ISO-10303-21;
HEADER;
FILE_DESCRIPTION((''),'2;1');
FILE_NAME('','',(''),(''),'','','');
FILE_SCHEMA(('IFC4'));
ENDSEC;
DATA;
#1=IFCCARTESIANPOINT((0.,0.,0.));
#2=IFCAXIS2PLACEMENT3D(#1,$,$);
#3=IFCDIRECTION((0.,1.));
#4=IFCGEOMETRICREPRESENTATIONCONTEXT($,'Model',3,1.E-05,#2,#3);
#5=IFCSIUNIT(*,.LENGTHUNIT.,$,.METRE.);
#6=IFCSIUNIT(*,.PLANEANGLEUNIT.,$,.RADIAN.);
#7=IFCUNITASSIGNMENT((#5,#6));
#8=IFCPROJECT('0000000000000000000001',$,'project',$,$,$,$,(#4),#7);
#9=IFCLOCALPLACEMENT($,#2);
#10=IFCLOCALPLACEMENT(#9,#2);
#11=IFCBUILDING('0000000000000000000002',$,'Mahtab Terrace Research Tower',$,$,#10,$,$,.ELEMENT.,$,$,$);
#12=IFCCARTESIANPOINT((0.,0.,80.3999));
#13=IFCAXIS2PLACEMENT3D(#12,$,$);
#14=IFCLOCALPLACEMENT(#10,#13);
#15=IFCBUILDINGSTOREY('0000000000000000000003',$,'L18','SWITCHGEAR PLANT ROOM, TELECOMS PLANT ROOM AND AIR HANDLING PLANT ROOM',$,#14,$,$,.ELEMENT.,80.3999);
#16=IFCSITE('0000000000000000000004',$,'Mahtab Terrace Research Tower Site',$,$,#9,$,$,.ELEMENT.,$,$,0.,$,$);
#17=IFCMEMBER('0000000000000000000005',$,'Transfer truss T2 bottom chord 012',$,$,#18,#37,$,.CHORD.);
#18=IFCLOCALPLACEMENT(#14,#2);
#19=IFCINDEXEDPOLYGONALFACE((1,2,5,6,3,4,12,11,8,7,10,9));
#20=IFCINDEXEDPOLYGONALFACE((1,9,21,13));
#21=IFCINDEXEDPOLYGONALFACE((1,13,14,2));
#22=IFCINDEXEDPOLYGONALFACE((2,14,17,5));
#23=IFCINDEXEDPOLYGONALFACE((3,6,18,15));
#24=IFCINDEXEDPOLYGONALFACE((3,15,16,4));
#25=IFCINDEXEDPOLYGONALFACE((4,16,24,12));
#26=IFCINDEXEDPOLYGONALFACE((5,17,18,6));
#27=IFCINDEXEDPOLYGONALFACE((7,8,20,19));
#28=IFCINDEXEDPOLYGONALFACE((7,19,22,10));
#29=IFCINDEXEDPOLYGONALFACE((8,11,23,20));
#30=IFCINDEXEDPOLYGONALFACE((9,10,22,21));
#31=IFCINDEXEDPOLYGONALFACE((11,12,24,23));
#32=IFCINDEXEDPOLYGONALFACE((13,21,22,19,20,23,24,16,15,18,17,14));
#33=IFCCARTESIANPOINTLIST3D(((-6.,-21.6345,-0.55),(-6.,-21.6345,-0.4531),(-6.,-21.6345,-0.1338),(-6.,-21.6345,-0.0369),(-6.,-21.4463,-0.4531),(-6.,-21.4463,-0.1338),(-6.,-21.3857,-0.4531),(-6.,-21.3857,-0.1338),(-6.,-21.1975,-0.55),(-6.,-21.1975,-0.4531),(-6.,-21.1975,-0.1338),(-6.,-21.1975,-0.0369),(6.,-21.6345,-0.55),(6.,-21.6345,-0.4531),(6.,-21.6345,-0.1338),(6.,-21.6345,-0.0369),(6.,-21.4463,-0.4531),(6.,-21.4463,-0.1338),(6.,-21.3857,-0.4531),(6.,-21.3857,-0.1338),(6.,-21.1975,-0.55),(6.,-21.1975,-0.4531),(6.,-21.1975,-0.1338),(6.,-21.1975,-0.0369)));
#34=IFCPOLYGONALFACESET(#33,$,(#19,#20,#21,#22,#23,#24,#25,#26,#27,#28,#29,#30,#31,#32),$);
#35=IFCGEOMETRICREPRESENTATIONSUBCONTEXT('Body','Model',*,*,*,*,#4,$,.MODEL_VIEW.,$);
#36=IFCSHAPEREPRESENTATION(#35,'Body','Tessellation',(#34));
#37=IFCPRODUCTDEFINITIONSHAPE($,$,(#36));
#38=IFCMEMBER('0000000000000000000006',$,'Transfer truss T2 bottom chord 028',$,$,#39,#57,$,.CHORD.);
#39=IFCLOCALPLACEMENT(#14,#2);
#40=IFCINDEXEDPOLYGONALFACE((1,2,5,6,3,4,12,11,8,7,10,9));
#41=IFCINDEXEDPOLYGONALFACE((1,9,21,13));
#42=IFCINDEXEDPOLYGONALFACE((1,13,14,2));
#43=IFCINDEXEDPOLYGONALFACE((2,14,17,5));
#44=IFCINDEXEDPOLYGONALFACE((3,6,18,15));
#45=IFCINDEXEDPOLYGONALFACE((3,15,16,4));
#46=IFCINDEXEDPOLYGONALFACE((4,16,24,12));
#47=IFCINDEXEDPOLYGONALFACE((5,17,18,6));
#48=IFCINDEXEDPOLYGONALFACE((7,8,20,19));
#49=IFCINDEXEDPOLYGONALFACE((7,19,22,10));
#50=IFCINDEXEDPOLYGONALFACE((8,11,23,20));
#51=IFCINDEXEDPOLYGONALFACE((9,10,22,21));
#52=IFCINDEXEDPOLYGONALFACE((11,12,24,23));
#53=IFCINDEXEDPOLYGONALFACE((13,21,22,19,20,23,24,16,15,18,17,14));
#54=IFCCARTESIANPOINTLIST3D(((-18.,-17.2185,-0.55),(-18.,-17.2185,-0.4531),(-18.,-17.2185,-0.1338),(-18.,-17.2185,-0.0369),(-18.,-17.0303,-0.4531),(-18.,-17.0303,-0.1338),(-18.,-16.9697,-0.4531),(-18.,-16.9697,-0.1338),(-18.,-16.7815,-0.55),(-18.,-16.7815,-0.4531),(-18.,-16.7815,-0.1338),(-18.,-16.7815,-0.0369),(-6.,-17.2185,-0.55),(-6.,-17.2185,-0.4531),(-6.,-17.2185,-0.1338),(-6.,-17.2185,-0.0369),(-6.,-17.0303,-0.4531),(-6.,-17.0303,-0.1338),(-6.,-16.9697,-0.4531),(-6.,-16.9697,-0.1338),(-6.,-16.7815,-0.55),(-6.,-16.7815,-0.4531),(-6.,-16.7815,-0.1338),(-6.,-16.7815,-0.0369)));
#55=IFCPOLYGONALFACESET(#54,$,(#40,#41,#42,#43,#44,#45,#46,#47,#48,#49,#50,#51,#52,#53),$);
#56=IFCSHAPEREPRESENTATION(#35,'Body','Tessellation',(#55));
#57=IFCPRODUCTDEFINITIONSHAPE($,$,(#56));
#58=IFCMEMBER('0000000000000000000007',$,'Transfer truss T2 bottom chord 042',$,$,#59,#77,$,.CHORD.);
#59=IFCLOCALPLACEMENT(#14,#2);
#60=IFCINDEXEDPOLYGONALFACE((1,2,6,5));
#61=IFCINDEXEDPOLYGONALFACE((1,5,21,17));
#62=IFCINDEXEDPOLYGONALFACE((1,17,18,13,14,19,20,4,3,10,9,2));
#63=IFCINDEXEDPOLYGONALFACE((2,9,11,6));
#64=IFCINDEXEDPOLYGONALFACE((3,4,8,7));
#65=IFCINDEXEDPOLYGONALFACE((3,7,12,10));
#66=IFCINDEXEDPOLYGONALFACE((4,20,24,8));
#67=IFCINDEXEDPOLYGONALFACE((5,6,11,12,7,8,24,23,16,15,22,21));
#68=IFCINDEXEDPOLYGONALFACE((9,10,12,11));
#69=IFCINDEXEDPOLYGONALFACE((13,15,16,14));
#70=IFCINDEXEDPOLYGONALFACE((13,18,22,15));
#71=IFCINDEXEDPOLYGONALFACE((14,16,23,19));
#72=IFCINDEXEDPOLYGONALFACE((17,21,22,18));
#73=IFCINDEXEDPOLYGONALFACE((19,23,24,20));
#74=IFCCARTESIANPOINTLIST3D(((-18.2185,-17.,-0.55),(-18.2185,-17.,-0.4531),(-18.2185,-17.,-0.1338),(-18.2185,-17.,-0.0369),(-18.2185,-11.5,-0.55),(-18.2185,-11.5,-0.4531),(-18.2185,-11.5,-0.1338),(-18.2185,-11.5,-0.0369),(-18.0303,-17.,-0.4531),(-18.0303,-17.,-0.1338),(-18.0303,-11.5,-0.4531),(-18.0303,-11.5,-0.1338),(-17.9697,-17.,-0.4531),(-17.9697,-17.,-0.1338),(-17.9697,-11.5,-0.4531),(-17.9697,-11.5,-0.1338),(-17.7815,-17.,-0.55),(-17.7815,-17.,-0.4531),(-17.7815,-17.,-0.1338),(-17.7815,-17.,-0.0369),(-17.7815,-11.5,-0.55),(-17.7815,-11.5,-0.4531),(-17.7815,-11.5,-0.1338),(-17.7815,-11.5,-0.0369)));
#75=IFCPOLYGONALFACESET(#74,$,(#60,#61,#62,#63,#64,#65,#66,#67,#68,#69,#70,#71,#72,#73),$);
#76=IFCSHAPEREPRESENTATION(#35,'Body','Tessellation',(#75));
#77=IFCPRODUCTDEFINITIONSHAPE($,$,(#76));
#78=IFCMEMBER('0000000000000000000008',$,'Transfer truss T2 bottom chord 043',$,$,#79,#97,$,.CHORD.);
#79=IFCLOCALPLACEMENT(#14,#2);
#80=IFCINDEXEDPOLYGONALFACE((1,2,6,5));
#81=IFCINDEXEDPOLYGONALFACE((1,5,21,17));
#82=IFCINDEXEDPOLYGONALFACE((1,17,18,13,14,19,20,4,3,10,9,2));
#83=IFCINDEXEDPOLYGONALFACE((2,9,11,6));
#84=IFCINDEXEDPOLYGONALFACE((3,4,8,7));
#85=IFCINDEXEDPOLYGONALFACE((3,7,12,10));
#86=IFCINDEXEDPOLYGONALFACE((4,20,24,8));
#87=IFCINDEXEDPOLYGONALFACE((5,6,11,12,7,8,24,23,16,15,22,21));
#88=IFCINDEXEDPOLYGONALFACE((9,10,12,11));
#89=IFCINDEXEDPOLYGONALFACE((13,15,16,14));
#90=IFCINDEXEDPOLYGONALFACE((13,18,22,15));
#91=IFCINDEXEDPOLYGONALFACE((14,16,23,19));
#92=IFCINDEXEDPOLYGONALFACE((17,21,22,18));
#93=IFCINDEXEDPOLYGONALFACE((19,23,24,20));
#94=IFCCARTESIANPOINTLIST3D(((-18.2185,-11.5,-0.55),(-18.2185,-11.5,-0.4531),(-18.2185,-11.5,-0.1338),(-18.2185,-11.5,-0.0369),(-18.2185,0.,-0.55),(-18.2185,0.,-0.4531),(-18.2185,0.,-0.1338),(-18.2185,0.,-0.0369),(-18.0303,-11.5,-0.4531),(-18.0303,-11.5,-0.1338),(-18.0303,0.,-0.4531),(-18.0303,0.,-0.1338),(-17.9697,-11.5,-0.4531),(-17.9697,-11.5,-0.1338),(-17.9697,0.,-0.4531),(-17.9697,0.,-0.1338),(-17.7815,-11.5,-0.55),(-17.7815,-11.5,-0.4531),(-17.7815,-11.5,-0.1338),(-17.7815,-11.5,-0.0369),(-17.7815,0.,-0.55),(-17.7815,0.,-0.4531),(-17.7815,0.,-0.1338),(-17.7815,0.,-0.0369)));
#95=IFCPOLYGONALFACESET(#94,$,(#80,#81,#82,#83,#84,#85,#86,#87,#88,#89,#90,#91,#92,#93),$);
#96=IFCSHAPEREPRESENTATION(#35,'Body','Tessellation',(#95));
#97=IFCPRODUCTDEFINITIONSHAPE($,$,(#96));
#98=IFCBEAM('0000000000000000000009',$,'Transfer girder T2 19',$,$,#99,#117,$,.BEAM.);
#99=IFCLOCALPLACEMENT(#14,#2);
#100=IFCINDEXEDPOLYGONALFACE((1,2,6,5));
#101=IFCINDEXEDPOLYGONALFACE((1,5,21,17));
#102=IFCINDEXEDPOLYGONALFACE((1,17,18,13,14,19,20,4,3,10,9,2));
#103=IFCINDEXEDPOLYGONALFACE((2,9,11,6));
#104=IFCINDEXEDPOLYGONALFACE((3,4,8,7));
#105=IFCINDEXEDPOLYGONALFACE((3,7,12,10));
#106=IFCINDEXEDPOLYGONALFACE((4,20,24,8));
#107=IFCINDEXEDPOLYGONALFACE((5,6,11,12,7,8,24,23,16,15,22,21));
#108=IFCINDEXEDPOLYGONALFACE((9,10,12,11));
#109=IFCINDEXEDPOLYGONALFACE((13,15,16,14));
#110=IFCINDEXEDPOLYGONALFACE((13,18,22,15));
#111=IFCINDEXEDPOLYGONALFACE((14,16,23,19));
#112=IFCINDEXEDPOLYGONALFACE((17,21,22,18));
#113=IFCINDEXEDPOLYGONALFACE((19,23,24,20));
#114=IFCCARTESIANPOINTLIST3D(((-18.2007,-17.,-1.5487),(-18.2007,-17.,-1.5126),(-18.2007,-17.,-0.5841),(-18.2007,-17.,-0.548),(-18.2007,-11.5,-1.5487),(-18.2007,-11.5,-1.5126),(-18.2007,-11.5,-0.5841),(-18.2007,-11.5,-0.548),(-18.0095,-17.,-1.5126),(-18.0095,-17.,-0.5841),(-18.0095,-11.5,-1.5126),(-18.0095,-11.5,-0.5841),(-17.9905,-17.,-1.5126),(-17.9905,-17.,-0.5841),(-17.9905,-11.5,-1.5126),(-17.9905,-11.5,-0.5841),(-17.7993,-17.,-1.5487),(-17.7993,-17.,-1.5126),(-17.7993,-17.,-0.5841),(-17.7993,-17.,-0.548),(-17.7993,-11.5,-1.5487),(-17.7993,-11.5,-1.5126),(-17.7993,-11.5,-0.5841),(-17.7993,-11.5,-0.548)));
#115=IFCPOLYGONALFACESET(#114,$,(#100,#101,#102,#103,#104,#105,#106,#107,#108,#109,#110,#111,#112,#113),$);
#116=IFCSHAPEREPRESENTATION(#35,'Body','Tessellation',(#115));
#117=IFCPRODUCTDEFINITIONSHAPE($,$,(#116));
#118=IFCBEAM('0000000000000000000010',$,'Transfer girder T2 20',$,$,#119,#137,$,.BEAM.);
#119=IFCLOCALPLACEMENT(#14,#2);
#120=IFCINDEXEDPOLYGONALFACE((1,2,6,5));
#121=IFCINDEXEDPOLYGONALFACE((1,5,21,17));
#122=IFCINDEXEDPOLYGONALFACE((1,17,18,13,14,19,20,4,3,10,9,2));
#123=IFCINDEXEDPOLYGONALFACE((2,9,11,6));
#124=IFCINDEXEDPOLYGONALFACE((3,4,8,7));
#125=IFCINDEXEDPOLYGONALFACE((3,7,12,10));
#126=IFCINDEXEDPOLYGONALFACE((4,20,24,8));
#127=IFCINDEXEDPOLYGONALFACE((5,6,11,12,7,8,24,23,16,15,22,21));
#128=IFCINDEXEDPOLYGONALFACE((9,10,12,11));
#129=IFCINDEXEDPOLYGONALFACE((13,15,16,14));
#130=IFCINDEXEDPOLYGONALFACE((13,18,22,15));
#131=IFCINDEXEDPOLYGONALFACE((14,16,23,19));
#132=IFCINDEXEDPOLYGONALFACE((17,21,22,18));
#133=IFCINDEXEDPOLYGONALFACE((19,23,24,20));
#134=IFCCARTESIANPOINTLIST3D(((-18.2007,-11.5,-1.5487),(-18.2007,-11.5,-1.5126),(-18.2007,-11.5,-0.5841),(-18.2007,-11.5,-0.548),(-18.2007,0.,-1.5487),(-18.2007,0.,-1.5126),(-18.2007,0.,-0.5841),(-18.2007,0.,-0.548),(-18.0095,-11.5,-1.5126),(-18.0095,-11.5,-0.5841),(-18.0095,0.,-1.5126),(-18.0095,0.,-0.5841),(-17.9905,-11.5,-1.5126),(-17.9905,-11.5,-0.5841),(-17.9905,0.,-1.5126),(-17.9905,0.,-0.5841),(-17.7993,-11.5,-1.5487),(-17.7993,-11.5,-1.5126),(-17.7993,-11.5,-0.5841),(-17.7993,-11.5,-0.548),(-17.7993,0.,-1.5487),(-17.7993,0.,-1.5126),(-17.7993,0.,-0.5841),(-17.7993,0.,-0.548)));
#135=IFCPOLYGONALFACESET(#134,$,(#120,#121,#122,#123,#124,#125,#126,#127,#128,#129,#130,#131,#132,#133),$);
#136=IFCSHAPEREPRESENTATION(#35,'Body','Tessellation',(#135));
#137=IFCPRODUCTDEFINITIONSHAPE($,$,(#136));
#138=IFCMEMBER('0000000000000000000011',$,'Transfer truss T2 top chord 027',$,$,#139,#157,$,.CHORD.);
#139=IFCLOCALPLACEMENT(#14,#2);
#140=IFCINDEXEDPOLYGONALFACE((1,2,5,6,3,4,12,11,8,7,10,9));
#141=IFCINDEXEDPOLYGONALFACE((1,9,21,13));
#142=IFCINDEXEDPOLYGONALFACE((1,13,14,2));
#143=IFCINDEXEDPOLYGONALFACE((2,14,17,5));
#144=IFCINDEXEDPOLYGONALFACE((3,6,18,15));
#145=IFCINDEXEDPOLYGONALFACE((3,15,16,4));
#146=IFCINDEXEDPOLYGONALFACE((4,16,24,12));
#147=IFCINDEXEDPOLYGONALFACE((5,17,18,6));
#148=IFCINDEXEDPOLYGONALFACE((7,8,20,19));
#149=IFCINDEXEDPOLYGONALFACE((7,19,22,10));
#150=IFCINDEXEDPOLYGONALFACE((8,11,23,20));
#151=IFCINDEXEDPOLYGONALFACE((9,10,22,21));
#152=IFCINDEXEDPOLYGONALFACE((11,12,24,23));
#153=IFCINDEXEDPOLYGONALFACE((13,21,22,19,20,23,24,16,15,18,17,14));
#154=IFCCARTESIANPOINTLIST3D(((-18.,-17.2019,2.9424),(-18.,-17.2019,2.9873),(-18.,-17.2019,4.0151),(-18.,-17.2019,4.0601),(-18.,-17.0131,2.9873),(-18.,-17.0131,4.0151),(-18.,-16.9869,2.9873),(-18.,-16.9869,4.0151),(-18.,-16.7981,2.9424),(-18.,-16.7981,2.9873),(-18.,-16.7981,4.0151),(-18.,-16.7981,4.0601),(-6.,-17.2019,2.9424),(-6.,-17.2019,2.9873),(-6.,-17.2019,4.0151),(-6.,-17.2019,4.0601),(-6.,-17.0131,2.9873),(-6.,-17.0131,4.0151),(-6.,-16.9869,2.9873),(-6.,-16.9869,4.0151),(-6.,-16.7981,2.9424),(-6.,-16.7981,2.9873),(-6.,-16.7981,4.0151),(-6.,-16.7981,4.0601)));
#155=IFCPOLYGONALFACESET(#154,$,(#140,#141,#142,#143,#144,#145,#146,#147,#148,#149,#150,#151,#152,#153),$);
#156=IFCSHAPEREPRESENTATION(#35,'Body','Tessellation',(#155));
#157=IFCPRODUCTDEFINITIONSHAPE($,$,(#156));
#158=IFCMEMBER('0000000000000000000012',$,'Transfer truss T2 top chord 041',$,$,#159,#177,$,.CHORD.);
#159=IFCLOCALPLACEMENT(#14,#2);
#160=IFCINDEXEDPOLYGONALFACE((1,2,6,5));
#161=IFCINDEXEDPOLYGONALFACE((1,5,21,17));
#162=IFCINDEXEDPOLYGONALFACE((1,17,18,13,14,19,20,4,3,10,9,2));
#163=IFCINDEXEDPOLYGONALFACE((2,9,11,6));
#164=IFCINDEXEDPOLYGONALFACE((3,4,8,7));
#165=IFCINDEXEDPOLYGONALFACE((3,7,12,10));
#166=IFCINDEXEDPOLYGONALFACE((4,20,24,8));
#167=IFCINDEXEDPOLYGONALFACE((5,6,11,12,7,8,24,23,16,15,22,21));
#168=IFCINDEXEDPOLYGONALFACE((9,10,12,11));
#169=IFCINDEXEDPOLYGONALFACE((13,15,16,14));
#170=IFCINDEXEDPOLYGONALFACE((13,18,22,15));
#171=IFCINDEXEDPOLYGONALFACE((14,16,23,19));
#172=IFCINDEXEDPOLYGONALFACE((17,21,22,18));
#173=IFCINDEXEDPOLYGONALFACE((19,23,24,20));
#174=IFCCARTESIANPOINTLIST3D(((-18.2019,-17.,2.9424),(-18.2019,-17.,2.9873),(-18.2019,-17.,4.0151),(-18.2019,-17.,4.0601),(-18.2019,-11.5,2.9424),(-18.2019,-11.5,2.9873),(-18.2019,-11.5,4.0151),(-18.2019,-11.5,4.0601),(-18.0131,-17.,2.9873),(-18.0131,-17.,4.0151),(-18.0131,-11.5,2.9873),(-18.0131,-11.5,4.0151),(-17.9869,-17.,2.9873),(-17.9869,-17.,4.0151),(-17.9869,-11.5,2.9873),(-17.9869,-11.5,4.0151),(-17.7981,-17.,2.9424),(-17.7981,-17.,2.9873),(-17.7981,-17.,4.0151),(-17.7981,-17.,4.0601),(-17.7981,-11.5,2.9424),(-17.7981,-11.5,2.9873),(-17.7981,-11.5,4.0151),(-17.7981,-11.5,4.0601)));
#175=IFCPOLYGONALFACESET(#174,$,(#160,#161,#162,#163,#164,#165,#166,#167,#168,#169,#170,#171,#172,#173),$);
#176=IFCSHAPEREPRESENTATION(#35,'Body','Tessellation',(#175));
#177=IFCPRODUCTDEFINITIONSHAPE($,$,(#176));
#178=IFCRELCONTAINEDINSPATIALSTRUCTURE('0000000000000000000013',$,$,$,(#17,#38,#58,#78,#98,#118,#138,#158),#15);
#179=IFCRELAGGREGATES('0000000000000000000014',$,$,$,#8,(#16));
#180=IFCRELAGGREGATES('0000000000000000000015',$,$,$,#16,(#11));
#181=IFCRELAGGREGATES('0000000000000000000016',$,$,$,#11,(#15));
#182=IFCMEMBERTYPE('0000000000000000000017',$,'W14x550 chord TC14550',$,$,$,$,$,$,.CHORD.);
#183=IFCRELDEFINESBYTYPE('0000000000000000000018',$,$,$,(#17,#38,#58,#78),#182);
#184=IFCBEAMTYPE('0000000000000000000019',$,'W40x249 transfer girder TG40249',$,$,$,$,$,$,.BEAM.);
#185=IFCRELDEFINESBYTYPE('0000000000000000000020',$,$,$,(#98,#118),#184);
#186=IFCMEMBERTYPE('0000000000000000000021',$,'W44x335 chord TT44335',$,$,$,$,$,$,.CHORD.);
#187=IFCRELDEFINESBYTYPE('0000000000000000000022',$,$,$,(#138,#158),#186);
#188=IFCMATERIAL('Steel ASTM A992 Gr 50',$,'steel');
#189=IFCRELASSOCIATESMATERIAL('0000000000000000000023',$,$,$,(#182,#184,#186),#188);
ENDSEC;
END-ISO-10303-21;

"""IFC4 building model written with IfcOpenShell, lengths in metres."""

from ifc_helpers import new_model, si_unit, direction, frame, origin, origin_2d, place, context, subcontext, project, spatial, i_section, extrude, material, material_profile, profile_set, type_object, element, save


model = new_model("IFC4")

# Units and contexts
model_context = context("Model", 3, precision=1e-05, world=origin(), true_north=direction((0.0, 1.0)))
body_context = subcontext(model_context, "Body", "Model", "MODEL_VIEW")
ifc_project = project(units=[si_unit("LENGTHUNIT", "METRE"), si_unit("PLANEANGLEUNIT", "RADIAN")], contexts=[model_context])

# Site, building, storey
site_placement = place(None, origin())
site = spatial("IfcSite", under=ifc_project, at=site_placement, Name="Mahtab Terrace Research Tower Site", CompositionType="ELEMENT", RefElevation=0.0)
building_placement = place(site_placement, origin())
building = spatial("IfcBuilding", under=site, at=building_placement, Name="Mahtab Terrace Research Tower", CompositionType="ELEMENT")
storey_placement = place(building_placement, frame((0.0, 0.0, 80.3999)))
storey = spatial("IfcBuildingStorey", under=building, at=storey_placement, Name="L18", Description="SWITCHGEAR PLANT ROOM, TELECOMS PLANT ROOM AND AIR HANDLING PLANT ROOM", CompositionType="ELEMENT", Elevation=80.3999)

# Shared definitions
ifc_material_1 = material(Name="Steel ASTM A992 Gr 50", Category="steel")

# Members
ifc_material_profile_1 = material_profile(ifc_material_1, i_section(OverallWidth=0.437, OverallDepth=0.5132, WebThickness=0.0605, FlangeThickness=0.0969, at=origin_2d()), Name="W14X550")
ifc_profile_set_1 = profile_set([ifc_material_profile_1], Name="Steel ASTM A992 Gr 50")
member_type_1 = type_object("IfcMemberType", Name="W14x550 chord TC14550", PredefinedType="CHORD", material=ifc_profile_set_1)
for number, where, z_axis, x_axis, name in (
    (1, (-6.0, -21.416, -0.2935), (1.0, 0.0, 0.0), (0.0, 1.0, 0.0), "Transfer truss T2 bottom chord 012"),
    (2, (-18.0, -17.0, -0.2935), (1.0, 0.0, 0.0), (0.0, 1.0, 0.0), "Transfer truss T2 bottom chord 028"),
):
    element("IfcMember", number, at=place(storey_placement, frame(where, z_axis=z_axis, x_axis=x_axis)), inside=storey, type_object=member_type_1, Name=name, PredefinedType="CHORD", context=body_context, shape_type="SweptSolid", body=[
        extrude(i_section(OverallWidth=0.437, OverallDepth=0.5132, WebThickness=0.0605, FlangeThickness=0.0969, at=origin_2d()), origin(), (0.0, 0.0, 1.0), 12.0),
    ])
member_1_placement = place(storey_placement, frame((-18.0, -17.0, -0.2935), z_axis=(0.0, 1.0, 0.0), x_axis=(-1.0, 0.0, 0.0)))
element("IfcMember", 3, at=member_1_placement, inside=storey, type_object=member_type_1, Name="Transfer truss T2 bottom chord 042", PredefinedType="CHORD", context=body_context, shape_type="SweptSolid", body=[
    extrude(i_section(OverallWidth=0.437, OverallDepth=0.5132, WebThickness=0.0605, FlangeThickness=0.0969, at=origin_2d()), origin(), (0.0, 0.0, 1.0), 5.5),
])
member_2_placement = place(storey_placement, frame((-18.0, -11.5, -0.2935), z_axis=(0.0, 1.0, 0.0), x_axis=(-1.0, 0.0, 0.0)))
element("IfcMember", 4, at=member_2_placement, inside=storey, type_object=member_type_1, Name="Transfer truss T2 bottom chord 043", PredefinedType="CHORD", context=body_context, shape_type="SweptSolid", body=[
    extrude(i_section(OverallWidth=0.437, OverallDepth=0.5132, WebThickness=0.0605, FlangeThickness=0.0969, at=origin_2d()), origin(), (0.0, 0.0, 1.0), 11.5),
])

# Beams
ifc_material_profile_2 = material_profile(ifc_material_1, i_section(OverallWidth=0.4014, OverallDepth=1.0007, WebThickness=0.019, FlangeThickness=0.0361, at=origin_2d()), Name="W40X249")
ifc_profile_set_2 = profile_set([ifc_material_profile_2], Name="Steel ASTM A992 Gr 50")
beam_type = type_object("IfcBeamType", Name="W40x249 transfer girder TG40249", PredefinedType="BEAM", material=ifc_profile_set_2)
beam_1_placement = place(storey_placement, frame((-18.0, -17.0, -1.0483), z_axis=(0.0, 1.0, 0.0), x_axis=(-1.0, 0.0, 0.0)))
element("IfcBeam", 5, at=beam_1_placement, inside=storey, type_object=beam_type, Name="Transfer girder T2 19", PredefinedType="BEAM", context=body_context, shape_type="SweptSolid", body=[
    extrude(i_section(OverallWidth=0.4014, OverallDepth=1.0007, WebThickness=0.019, FlangeThickness=0.0361, at=origin_2d()), origin(), (0.0, 0.0, 1.0), 5.5),
])
beam_2_placement = place(storey_placement, frame((-18.0, -11.5, -1.0483), z_axis=(0.0, 1.0, 0.0), x_axis=(-1.0, 0.0, 0.0)))
element("IfcBeam", 6, at=beam_2_placement, inside=storey, type_object=beam_type, Name="Transfer girder T2 20", PredefinedType="BEAM", context=body_context, shape_type="SweptSolid", body=[
    extrude(i_section(OverallWidth=0.4014, OverallDepth=1.0007, WebThickness=0.019, FlangeThickness=0.0361, at=origin_2d()), origin(), (0.0, 0.0, 1.0), 11.5),
])

# Members
ifc_material_profile_3 = material_profile(ifc_material_1, i_section(OverallWidth=0.4038, OverallDepth=1.1177, WebThickness=0.0261, FlangeThickness=0.0449, at=origin_2d()), Name="W44X335")
ifc_profile_set_3 = profile_set([ifc_material_profile_3], Name="Steel ASTM A992 Gr 50")
member_type_2 = type_object("IfcMemberType", Name="W44x335 chord TT44335", PredefinedType="CHORD", material=ifc_profile_set_3)
member_3_placement = place(storey_placement, frame((-18.0, -17.0, 3.5012), z_axis=(1.0, 0.0, 0.0), x_axis=(0.0, 1.0, 0.0)))
element("IfcMember", 7, at=member_3_placement, inside=storey, type_object=member_type_2, Name="Transfer truss T2 top chord 027", PredefinedType="CHORD", context=body_context, shape_type="SweptSolid", body=[
    extrude(i_section(OverallWidth=0.4038, OverallDepth=1.1177, WebThickness=0.0261, FlangeThickness=0.0449, at=origin_2d()), origin(), (0.0, 0.0, 1.0), 12.0),
])
member_4_placement = place(storey_placement, frame((-18.0, -17.0, 3.5012), z_axis=(0.0, 1.0, 0.0), x_axis=(-1.0, 0.0, 0.0)))
element("IfcMember", 8, at=member_4_placement, inside=storey, type_object=member_type_2, Name="Transfer truss T2 top chord 041", PredefinedType="CHORD", context=body_context, shape_type="SweptSolid", body=[
    extrude(i_section(OverallWidth=0.4038, OverallDepth=1.1177, WebThickness=0.0261, FlangeThickness=0.0449, at=origin_2d()), origin(), (0.0, 0.0, 1.0), 5.5),
])

save(model, "model.ifc")
